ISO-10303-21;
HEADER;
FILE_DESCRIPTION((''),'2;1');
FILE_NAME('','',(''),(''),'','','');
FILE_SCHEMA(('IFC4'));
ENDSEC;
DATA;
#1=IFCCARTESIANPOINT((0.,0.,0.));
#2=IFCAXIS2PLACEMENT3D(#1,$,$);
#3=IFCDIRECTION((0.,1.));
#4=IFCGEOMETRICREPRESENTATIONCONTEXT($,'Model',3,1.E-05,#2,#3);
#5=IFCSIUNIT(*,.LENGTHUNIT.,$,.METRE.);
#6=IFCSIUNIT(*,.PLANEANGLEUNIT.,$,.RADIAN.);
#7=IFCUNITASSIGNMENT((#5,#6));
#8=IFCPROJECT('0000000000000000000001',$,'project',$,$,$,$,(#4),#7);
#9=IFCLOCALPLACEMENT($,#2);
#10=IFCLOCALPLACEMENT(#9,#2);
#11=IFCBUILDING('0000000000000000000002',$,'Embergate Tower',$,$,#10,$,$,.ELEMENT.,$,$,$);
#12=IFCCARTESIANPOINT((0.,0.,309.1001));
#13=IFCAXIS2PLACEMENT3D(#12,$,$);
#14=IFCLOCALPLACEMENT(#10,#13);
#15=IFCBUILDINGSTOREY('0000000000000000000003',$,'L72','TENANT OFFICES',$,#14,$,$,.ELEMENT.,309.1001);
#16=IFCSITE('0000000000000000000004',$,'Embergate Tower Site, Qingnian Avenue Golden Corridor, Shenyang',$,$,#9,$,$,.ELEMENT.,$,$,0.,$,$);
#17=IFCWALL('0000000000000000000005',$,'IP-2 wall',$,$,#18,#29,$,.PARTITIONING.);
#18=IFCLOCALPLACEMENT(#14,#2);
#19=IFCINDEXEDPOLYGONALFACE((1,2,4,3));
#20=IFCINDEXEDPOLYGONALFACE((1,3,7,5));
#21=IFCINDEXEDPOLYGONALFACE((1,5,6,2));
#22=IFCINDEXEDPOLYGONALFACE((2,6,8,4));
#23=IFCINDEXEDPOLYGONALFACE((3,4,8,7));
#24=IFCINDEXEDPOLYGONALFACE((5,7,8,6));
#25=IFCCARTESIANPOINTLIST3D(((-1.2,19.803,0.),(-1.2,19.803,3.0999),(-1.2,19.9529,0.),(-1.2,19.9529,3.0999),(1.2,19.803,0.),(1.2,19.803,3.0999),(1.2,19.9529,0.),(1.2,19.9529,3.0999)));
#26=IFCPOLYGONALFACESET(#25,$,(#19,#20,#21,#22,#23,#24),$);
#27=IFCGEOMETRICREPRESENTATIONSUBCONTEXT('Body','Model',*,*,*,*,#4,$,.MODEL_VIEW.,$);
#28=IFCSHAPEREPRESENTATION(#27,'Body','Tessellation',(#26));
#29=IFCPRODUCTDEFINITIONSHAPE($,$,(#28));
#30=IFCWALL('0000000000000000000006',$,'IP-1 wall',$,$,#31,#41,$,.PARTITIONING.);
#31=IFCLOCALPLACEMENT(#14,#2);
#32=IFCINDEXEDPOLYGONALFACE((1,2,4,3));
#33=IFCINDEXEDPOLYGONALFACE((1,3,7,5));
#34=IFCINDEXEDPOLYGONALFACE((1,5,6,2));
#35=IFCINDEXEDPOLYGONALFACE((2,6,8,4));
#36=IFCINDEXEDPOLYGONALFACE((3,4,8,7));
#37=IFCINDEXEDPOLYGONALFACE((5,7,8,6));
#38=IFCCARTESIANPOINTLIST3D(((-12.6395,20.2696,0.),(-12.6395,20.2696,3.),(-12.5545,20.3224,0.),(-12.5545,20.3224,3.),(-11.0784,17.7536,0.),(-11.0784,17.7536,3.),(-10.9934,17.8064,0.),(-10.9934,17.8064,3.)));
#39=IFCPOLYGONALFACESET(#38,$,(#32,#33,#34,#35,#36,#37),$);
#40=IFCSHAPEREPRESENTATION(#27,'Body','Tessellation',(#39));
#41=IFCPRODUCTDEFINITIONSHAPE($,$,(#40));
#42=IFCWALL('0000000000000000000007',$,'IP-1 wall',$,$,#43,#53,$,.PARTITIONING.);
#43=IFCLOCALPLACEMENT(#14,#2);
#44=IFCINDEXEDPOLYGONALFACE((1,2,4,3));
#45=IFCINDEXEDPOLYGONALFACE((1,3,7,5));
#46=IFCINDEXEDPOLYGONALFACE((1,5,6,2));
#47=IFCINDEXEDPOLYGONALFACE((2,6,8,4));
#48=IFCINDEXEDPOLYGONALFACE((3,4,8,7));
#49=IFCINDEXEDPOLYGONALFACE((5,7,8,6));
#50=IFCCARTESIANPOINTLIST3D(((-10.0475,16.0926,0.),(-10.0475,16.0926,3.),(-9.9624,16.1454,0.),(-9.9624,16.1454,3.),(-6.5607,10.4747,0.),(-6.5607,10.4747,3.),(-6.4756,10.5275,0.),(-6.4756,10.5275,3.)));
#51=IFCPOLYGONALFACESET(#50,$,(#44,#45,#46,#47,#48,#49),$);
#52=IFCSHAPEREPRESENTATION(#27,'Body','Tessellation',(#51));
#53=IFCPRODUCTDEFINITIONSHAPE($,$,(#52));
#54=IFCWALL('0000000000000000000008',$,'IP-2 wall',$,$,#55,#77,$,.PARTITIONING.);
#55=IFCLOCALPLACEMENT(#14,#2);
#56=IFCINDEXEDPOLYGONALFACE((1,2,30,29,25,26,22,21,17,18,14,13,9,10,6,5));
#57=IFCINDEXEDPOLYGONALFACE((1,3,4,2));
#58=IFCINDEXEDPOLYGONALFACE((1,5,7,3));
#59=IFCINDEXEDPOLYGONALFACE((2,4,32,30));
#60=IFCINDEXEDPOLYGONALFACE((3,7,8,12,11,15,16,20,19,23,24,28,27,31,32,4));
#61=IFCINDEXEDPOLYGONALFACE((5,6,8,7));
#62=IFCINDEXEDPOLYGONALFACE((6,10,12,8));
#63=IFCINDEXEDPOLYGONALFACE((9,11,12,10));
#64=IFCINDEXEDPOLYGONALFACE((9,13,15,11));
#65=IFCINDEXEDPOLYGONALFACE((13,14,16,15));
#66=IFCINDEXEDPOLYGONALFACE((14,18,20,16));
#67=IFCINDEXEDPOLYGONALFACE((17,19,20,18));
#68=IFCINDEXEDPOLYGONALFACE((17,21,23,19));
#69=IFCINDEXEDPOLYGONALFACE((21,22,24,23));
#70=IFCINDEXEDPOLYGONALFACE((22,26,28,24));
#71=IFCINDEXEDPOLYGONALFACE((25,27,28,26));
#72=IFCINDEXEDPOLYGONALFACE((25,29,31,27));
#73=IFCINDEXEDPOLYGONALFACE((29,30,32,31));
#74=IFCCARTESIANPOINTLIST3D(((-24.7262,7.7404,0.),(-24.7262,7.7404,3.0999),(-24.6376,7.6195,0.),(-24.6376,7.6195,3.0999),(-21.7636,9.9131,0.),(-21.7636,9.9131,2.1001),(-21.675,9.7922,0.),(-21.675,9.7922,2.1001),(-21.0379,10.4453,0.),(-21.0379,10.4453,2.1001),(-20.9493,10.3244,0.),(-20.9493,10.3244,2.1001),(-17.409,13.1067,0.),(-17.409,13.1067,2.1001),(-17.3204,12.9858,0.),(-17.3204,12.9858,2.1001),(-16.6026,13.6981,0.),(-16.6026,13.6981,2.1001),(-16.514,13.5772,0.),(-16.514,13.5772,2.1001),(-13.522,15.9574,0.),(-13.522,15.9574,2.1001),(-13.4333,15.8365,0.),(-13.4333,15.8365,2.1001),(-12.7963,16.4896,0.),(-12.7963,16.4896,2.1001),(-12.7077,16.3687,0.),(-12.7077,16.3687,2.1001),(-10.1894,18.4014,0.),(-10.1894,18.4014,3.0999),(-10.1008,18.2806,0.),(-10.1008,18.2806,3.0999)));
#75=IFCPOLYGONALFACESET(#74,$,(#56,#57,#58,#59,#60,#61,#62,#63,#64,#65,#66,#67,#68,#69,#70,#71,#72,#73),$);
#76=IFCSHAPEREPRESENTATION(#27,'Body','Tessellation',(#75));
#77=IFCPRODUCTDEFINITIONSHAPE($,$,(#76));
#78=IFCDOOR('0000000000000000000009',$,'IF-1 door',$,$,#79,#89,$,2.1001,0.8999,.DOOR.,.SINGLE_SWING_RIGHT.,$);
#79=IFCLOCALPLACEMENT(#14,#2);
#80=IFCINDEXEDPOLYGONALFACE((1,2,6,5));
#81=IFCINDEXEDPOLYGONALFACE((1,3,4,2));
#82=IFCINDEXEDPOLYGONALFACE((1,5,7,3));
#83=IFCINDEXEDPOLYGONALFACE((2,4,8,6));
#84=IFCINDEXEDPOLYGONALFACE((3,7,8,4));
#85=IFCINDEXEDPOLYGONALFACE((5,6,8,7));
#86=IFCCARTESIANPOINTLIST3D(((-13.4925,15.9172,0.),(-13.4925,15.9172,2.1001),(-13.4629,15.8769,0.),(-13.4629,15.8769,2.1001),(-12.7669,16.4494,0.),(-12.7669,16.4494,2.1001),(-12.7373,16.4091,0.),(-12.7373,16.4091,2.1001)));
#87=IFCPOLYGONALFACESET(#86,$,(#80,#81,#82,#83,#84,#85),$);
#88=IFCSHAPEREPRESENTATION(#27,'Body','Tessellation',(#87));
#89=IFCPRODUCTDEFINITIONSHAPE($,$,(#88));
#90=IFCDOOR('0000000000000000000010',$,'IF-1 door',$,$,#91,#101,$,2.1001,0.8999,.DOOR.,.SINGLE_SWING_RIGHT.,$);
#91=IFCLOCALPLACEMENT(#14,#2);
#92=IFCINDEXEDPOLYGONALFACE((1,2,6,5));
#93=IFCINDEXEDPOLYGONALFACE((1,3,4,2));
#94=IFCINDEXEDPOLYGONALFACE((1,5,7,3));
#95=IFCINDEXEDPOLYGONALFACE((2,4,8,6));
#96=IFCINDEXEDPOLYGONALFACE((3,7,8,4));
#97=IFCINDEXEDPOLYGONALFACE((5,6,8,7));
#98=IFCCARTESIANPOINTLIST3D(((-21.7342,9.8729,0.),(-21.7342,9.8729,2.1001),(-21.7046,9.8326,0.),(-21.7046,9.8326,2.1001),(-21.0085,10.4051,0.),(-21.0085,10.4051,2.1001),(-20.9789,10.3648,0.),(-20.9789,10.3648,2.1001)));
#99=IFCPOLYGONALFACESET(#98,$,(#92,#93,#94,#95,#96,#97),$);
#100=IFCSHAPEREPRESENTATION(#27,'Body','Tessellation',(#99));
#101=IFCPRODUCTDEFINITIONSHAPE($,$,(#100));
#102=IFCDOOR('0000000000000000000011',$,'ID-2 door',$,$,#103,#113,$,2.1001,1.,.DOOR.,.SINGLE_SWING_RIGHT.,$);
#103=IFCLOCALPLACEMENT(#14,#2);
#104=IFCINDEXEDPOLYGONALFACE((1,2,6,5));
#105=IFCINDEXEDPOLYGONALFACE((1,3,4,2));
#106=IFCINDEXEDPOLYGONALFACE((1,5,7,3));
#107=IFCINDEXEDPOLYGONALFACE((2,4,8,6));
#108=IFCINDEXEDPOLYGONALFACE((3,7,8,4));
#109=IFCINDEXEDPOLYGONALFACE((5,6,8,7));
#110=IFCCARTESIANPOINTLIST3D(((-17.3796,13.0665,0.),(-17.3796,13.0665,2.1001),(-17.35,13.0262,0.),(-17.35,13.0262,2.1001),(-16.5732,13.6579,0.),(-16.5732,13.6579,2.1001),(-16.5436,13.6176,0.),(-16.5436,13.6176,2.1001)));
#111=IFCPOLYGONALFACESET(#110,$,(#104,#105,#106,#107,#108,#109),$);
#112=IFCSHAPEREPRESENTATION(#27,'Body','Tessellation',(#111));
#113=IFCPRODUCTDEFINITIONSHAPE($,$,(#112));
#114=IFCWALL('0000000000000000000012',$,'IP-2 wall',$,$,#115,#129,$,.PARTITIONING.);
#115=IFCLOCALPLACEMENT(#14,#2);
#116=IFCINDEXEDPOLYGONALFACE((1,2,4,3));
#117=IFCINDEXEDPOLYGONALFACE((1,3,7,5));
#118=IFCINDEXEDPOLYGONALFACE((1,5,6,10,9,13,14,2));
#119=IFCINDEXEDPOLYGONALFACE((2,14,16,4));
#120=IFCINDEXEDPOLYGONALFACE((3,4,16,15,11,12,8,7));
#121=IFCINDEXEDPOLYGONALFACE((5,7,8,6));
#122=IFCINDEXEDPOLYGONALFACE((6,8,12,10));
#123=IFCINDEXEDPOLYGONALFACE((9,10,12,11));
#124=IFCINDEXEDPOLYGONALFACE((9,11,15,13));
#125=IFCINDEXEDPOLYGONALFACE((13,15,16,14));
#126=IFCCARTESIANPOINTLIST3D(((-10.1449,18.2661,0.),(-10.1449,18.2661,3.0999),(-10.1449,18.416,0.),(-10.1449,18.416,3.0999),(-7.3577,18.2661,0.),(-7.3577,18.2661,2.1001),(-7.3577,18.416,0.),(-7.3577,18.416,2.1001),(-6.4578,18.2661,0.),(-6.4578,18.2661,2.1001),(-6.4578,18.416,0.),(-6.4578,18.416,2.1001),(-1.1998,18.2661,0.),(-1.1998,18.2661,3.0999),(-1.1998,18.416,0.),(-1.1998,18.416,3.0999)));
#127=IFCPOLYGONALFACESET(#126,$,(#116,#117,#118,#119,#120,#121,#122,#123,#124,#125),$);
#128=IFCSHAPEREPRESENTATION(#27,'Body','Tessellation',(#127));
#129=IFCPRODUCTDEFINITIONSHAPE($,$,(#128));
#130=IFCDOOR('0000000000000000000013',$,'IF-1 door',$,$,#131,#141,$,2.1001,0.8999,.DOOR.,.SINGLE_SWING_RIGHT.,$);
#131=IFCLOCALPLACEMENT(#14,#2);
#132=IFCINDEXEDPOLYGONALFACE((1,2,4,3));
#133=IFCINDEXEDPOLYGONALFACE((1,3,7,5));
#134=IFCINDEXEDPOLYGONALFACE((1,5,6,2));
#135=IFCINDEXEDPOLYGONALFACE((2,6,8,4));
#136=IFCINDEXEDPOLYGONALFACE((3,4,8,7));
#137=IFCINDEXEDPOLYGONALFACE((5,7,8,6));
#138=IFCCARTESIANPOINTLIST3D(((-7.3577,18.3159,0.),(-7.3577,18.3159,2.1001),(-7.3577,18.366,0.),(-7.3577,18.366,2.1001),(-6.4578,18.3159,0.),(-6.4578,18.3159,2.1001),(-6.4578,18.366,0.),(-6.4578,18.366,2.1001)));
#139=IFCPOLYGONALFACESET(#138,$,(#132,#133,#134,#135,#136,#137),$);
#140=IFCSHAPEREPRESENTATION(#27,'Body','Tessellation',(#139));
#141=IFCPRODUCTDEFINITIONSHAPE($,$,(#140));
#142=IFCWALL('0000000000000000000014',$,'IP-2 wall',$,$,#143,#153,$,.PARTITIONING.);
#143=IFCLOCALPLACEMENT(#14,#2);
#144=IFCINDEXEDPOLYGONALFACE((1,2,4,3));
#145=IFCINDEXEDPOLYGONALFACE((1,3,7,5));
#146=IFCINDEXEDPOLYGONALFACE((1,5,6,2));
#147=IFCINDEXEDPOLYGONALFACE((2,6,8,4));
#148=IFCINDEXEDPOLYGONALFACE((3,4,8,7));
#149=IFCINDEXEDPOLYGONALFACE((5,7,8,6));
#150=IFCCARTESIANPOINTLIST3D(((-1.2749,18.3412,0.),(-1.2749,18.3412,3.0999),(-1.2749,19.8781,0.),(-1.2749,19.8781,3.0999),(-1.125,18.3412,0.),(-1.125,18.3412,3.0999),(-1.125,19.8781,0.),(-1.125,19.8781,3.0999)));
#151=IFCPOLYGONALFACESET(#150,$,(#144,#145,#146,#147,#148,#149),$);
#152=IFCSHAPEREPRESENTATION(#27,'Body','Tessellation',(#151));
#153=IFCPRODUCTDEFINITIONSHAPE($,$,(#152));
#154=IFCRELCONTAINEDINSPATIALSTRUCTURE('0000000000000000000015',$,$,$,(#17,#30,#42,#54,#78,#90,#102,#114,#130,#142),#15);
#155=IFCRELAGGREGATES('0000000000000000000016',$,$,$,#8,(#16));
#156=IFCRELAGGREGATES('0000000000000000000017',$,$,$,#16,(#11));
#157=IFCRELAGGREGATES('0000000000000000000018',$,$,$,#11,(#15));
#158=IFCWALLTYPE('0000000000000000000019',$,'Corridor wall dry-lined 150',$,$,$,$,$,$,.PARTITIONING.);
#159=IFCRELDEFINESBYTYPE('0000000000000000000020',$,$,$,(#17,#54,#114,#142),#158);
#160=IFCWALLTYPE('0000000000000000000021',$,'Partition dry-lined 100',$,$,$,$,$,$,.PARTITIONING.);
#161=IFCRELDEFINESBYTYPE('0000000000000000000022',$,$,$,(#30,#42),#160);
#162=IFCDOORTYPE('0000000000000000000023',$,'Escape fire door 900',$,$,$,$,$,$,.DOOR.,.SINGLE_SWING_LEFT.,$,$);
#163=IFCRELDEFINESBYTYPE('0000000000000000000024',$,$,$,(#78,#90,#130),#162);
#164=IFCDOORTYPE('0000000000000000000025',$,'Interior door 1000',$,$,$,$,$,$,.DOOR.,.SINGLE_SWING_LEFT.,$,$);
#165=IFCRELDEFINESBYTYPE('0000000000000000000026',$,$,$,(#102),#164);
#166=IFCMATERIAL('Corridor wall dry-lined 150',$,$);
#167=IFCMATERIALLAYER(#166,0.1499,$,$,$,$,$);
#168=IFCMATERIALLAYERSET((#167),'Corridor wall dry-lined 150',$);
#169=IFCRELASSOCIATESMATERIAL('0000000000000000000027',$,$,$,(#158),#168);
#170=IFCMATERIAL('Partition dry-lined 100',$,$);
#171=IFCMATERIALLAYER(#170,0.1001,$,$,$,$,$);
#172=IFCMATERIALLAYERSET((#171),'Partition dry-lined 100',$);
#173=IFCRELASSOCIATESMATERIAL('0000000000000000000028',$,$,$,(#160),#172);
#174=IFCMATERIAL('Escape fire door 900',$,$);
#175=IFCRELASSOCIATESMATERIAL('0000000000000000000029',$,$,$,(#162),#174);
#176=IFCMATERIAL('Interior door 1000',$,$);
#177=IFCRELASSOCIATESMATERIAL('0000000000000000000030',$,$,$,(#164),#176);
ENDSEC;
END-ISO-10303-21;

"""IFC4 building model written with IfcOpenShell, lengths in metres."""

from ifc_helpers import new_model, si_unit, direction, frame, frame_2d, origin, place, context, subcontext, project, spatial, rectangle, extrude, source, transform, mapped, material, layer, layer_set, type_object, element, fill, save


model = new_model("IFC4")

# Units and contexts
model_context = context("Model", 3, precision=1e-05, world=origin(), true_north=direction((0.0, 1.0)))
body_context = subcontext(model_context, "Body", "Model", "MODEL_VIEW")
ifc_project = project(units=[si_unit("LENGTHUNIT", "METRE"), si_unit("PLANEANGLEUNIT", "RADIAN")], contexts=[model_context])

# Site, building, storey
site_placement = place(None, origin())
site = spatial("IfcSite", under=ifc_project, at=site_placement, Name="Embergate Tower Site, Qingnian Avenue Golden Corridor, Shenyang", CompositionType="ELEMENT", RefElevation=0.0)
building_placement = place(site_placement, origin())
building = spatial("IfcBuilding", under=site, at=building_placement, Name="Embergate Tower", CompositionType="ELEMENT")
storey_placement = place(building_placement, frame((0.0, 0.0, 309.1001)))
storey = spatial("IfcBuildingStorey", under=building, at=storey_placement, Name="L72", Description="TENANT OFFICES", CompositionType="ELEMENT", Elevation=309.1001)

# Walls
ifc_material_1 = material(Name="Corridor wall dry-lined 150")
ifc_layer_1 = layer(ifc_material_1, 0.1499)
ifc_layer_set_1 = layer_set([ifc_layer_1], Name="Corridor wall dry-lined 150")
wall_type_1 = type_object("IfcWallType", Name="Corridor wall dry-lined 150", PredefinedType="PARTITIONING", material=ifc_layer_set_1)
shared_shape_1 = source(origin(), body_context, "Body", "SweptSolid", [
    extrude(rectangle(XDim=2.3999, YDim=0.1499, at=frame_2d((1.2, 0.0))), origin(), (0.0, 0.0, 1.0), 3.0999),
])
wall_1_placement = place(storey_placement, frame((-1.2, 19.8779, 0.0), z_axis=(0.0, 0.0, 1.0), x_axis=(1.0, 0.0, 0.0)))
element("IfcWall", 1, at=wall_1_placement, inside=storey, type_object=wall_type_1, Name="IP-2 wall", PredefinedType="PARTITIONING", context=body_context, shape_type="MappedRepresentation", body=[
    mapped(shared_shape_1, transform((0.0, 0.0, 0.0))),
])
ifc_material_2 = material(Name="Partition dry-lined 100")
ifc_layer_2 = layer(ifc_material_2, 0.1001)
ifc_layer_set_2 = layer_set([ifc_layer_2], Name="Partition dry-lined 100")
wall_type_2 = type_object("IfcWallType", Name="Partition dry-lined 100", PredefinedType="PARTITIONING", material=ifc_layer_set_2)
shared_shape_2 = source(origin(), body_context, "Body", "SweptSolid", [
    extrude(rectangle(XDim=2.9609, YDim=0.1001, at=frame_2d((1.4805, 0.0))), origin(), (0.0, 0.0, 1.0), 3.0),
])
wall_2_placement = place(storey_placement, frame((-11.0359, 17.78, 0.0), z_axis=(0.0, 0.0, 1.0), x_axis=(-0.527231, 0.849722, 0.0)))
element("IfcWall", 2, at=wall_2_placement, inside=storey, type_object=wall_type_2, Name="IP-1 wall", PredefinedType="PARTITIONING", context=body_context, shape_type="MappedRepresentation", body=[
    mapped(shared_shape_2, transform((0.0, 0.0, 0.0))),
])
shared_shape_3 = source(origin(), body_context, "Body", "SweptSolid", [
    extrude(rectangle(XDim=6.6121, YDim=0.1001, at=frame_2d((3.3062, 0.0))), origin(), (0.0, 0.0, 1.0), 3.0),
])
wall_3_placement = place(storey_placement, frame((-6.5181, 10.501, 0.0), z_axis=(0.0, 0.0, 1.0), x_axis=(-0.527344, 0.849652, 0.0)))
element("IfcWall", 3, at=wall_3_placement, inside=storey, type_object=wall_type_2, Name="IP-1 wall", PredefinedType="PARTITIONING", context=body_context, shape_type="MappedRepresentation", body=[
    mapped(shared_shape_3, transform((0.0, 0.0, 0.0))),
])

# Wall, openings, doors
shared_shape_4 = source(origin(), body_context, "Body", "SweptSolid", [
    extrude(rectangle(XDim=18.0271, YDim=0.1499, at=frame_2d((9.0137, 0.0))), origin(), (0.0, 0.0, 1.0), 3.0999),
])
wall_4_placement = place(storey_placement, frame((-10.145, 18.3411, 0.0), z_axis=(0.0, 0.0, 1.0), x_axis=(-0.806385, -0.591391, 0.0)))
wall_4 = element("IfcWall", 4, at=wall_4_placement, inside=storey, type_object=wall_type_1, Name="IP-2 wall", PredefinedType="PARTITIONING", context=body_context, shape_type="MappedRepresentation", body=[
    mapped(shared_shape_4, transform((0.0, 0.0, 0.0))),
])
shared_shape_5 = source(origin(), body_context, "Body", "SweptSolid", [
    extrude(rectangle(XDim=0.8999, YDim=2.1001, at=frame_2d((0.45, 1.05))), frame((0.0, 0.085, 0.0), z_axis=(0.0, -1.0, 0.0), x_axis=(1.0, 0.0, 0.0)), (0.0, 0.0, 1.0), 0.1699),
])
opening_1_placement = place(wall_4_placement, frame((3.2329, 0.0, 0.0)))
opening_1 = element("IfcOpeningElement", 5, at=opening_1_placement, cuts=wall_4, PredefinedType="OPENING", context=body_context, shape_type="MappedRepresentation", body=[
    mapped(shared_shape_5, transform((0.0, 0.0, 0.0))),
])
shared_shape_6 = source(origin(), body_context, "Body", "SweptSolid", [
    extrude(rectangle(XDim=1.0, YDim=2.1001, at=frame_2d((0.5, 1.05))), frame((0.0, 0.085, 0.0), z_axis=(0.0, -1.0, 0.0), x_axis=(1.0, 0.0, 0.0)), (0.0, 0.0, 1.0), 0.1699),
])
opening_2_placement = place(wall_4_placement, frame((7.9531, 0.0, 0.0)))
opening_2 = element("IfcOpeningElement", 6, at=opening_2_placement, cuts=wall_4, PredefinedType="OPENING", context=body_context, shape_type="MappedRepresentation", body=[
    mapped(shared_shape_6, transform((0.0, 0.0, 0.0))),
])
opening_3_placement = place(wall_4_placement, frame((13.4534, 0.0, 0.0)))
opening_3 = element("IfcOpeningElement", 7, at=opening_3_placement, cuts=wall_4, PredefinedType="OPENING", context=body_context, shape_type="MappedRepresentation", body=[
    mapped(shared_shape_5, transform((0.0, 0.0, 0.0))),
])
ifc_material_3 = material(Name="Escape fire door 900")
door_type_1 = type_object("IfcDoorType", Name="Escape fire door 900", OperationType="SINGLE_SWING_LEFT", PredefinedType="DOOR", material=ifc_material_3)
shared_shape_7 = source(origin(), body_context, "Body", "SweptSolid", [
    extrude(rectangle(XDim=0.8999, YDim=2.1001, at=frame_2d((0.45, 1.05))), frame((0.0, 0.0249, 0.0), z_axis=(0.0, -1.0, 0.0), x_axis=(1.0, 0.0, 0.0)), (0.0, 0.0, 1.0), 0.05),
])
door_1_placement = place(opening_1_placement, origin())
door_1 = element("IfcDoor", 8, at=door_1_placement, inside=storey, type_object=door_type_1, Name="IF-1 door", OperationType="SINGLE_SWING_RIGHT", OverallHeight=2.1001, OverallWidth=0.8999, PredefinedType="DOOR", context=body_context, shape_type="MappedRepresentation", body=[
    mapped(shared_shape_7, transform((0.0, 0.0, 0.0))),
])
fill(opening_1, door_1)
door_2_placement = place(opening_3_placement, origin())
door_2 = element("IfcDoor", 9, at=door_2_placement, inside=storey, type_object=door_type_1, Name="IF-1 door", OperationType="SINGLE_SWING_RIGHT", OverallHeight=2.1001, OverallWidth=0.8999, PredefinedType="DOOR", context=body_context, shape_type="MappedRepresentation", body=[
    mapped(shared_shape_7, transform((0.0, 0.0, 0.0))),
])
fill(opening_3, door_2)
ifc_material_4 = material(Name="Interior door 1000")
door_type_2 = type_object("IfcDoorType", Name="Interior door 1000", OperationType="SINGLE_SWING_LEFT", PredefinedType="DOOR", material=ifc_material_4)
shared_shape_8 = source(origin(), body_context, "Body", "SweptSolid", [
    extrude(rectangle(XDim=1.0, YDim=2.1001, at=frame_2d((0.5, 1.05))), frame((0.0, 0.0249, 0.0), z_axis=(0.0, -1.0, 0.0), x_axis=(1.0, 0.0, 0.0)), (0.0, 0.0, 1.0), 0.05),
])
door_3_placement = place(opening_2_placement, origin())
door_3 = element("IfcDoor", 10, at=door_3_placement, inside=storey, type_object=door_type_2, Name="ID-2 door", OperationType="SINGLE_SWING_RIGHT", OverallHeight=2.1001, OverallWidth=1.0, PredefinedType="DOOR", context=body_context, shape_type="MappedRepresentation", body=[
    mapped(shared_shape_8, transform((0.0, 0.0, 0.0))),
])
fill(opening_2, door_3)

# Wall, opening, door
shared_shape_9 = source(origin(), body_context, "Body", "SweptSolid", [
    extrude(rectangle(XDim=8.9451, YDim=0.1499, at=frame_2d((4.4727, 0.0))), origin(), (0.0, 0.0, 1.0), 3.0999),
])
wall_5_placement = place(storey_placement, frame((-10.145, 18.3411, 0.0), z_axis=(0.0, 0.0, 1.0), x_axis=(1.0, 0.0, 0.0)))
wall_5 = element("IfcWall", 11, at=wall_5_placement, inside=storey, type_object=wall_type_1, Name="IP-2 wall", PredefinedType="PARTITIONING", context=body_context, shape_type="MappedRepresentation", body=[
    mapped(shared_shape_9, transform((0.0, 0.0, 0.0))),
])
opening_4_placement = place(wall_5_placement, frame((2.7874, 0.0, 0.0)))
opening_4 = element("IfcOpeningElement", 12, at=opening_4_placement, cuts=wall_5, PredefinedType="OPENING", context=body_context, shape_type="MappedRepresentation", body=[
    mapped(shared_shape_5, transform((0.0, 0.0, 0.0))),
])
door_4_placement = place(opening_4_placement, origin())
door_4 = element("IfcDoor", 13, at=door_4_placement, inside=storey, type_object=door_type_1, Name="IF-1 door", OperationType="SINGLE_SWING_RIGHT", OverallHeight=2.1001, OverallWidth=0.8999, PredefinedType="DOOR", context=body_context, shape_type="MappedRepresentation", body=[
    mapped(shared_shape_7, transform((0.0, 0.0, 0.0))),
])
fill(opening_4, door_4)

# Wall
shared_shape_10 = source(origin(), body_context, "Body", "SweptSolid", [
    extrude(rectangle(XDim=1.5369, YDim=0.1499, at=frame_2d((0.7686, 0.0))), origin(), (0.0, 0.0, 1.0), 3.0999),
])
wall_6_placement = place(storey_placement, frame((-1.2, 18.3411, 0.0), z_axis=(0.0, 0.0, 1.0), x_axis=(0.0, 1.0, 0.0)))
element("IfcWall", 14, at=wall_6_placement, inside=storey, type_object=wall_type_1, Name="IP-2 wall", PredefinedType="PARTITIONING", context=body_context, shape_type="MappedRepresentation", body=[
    mapped(shared_shape_10, transform((0.0, 0.0, 0.0))),
])

save(model, "model.ifc")
